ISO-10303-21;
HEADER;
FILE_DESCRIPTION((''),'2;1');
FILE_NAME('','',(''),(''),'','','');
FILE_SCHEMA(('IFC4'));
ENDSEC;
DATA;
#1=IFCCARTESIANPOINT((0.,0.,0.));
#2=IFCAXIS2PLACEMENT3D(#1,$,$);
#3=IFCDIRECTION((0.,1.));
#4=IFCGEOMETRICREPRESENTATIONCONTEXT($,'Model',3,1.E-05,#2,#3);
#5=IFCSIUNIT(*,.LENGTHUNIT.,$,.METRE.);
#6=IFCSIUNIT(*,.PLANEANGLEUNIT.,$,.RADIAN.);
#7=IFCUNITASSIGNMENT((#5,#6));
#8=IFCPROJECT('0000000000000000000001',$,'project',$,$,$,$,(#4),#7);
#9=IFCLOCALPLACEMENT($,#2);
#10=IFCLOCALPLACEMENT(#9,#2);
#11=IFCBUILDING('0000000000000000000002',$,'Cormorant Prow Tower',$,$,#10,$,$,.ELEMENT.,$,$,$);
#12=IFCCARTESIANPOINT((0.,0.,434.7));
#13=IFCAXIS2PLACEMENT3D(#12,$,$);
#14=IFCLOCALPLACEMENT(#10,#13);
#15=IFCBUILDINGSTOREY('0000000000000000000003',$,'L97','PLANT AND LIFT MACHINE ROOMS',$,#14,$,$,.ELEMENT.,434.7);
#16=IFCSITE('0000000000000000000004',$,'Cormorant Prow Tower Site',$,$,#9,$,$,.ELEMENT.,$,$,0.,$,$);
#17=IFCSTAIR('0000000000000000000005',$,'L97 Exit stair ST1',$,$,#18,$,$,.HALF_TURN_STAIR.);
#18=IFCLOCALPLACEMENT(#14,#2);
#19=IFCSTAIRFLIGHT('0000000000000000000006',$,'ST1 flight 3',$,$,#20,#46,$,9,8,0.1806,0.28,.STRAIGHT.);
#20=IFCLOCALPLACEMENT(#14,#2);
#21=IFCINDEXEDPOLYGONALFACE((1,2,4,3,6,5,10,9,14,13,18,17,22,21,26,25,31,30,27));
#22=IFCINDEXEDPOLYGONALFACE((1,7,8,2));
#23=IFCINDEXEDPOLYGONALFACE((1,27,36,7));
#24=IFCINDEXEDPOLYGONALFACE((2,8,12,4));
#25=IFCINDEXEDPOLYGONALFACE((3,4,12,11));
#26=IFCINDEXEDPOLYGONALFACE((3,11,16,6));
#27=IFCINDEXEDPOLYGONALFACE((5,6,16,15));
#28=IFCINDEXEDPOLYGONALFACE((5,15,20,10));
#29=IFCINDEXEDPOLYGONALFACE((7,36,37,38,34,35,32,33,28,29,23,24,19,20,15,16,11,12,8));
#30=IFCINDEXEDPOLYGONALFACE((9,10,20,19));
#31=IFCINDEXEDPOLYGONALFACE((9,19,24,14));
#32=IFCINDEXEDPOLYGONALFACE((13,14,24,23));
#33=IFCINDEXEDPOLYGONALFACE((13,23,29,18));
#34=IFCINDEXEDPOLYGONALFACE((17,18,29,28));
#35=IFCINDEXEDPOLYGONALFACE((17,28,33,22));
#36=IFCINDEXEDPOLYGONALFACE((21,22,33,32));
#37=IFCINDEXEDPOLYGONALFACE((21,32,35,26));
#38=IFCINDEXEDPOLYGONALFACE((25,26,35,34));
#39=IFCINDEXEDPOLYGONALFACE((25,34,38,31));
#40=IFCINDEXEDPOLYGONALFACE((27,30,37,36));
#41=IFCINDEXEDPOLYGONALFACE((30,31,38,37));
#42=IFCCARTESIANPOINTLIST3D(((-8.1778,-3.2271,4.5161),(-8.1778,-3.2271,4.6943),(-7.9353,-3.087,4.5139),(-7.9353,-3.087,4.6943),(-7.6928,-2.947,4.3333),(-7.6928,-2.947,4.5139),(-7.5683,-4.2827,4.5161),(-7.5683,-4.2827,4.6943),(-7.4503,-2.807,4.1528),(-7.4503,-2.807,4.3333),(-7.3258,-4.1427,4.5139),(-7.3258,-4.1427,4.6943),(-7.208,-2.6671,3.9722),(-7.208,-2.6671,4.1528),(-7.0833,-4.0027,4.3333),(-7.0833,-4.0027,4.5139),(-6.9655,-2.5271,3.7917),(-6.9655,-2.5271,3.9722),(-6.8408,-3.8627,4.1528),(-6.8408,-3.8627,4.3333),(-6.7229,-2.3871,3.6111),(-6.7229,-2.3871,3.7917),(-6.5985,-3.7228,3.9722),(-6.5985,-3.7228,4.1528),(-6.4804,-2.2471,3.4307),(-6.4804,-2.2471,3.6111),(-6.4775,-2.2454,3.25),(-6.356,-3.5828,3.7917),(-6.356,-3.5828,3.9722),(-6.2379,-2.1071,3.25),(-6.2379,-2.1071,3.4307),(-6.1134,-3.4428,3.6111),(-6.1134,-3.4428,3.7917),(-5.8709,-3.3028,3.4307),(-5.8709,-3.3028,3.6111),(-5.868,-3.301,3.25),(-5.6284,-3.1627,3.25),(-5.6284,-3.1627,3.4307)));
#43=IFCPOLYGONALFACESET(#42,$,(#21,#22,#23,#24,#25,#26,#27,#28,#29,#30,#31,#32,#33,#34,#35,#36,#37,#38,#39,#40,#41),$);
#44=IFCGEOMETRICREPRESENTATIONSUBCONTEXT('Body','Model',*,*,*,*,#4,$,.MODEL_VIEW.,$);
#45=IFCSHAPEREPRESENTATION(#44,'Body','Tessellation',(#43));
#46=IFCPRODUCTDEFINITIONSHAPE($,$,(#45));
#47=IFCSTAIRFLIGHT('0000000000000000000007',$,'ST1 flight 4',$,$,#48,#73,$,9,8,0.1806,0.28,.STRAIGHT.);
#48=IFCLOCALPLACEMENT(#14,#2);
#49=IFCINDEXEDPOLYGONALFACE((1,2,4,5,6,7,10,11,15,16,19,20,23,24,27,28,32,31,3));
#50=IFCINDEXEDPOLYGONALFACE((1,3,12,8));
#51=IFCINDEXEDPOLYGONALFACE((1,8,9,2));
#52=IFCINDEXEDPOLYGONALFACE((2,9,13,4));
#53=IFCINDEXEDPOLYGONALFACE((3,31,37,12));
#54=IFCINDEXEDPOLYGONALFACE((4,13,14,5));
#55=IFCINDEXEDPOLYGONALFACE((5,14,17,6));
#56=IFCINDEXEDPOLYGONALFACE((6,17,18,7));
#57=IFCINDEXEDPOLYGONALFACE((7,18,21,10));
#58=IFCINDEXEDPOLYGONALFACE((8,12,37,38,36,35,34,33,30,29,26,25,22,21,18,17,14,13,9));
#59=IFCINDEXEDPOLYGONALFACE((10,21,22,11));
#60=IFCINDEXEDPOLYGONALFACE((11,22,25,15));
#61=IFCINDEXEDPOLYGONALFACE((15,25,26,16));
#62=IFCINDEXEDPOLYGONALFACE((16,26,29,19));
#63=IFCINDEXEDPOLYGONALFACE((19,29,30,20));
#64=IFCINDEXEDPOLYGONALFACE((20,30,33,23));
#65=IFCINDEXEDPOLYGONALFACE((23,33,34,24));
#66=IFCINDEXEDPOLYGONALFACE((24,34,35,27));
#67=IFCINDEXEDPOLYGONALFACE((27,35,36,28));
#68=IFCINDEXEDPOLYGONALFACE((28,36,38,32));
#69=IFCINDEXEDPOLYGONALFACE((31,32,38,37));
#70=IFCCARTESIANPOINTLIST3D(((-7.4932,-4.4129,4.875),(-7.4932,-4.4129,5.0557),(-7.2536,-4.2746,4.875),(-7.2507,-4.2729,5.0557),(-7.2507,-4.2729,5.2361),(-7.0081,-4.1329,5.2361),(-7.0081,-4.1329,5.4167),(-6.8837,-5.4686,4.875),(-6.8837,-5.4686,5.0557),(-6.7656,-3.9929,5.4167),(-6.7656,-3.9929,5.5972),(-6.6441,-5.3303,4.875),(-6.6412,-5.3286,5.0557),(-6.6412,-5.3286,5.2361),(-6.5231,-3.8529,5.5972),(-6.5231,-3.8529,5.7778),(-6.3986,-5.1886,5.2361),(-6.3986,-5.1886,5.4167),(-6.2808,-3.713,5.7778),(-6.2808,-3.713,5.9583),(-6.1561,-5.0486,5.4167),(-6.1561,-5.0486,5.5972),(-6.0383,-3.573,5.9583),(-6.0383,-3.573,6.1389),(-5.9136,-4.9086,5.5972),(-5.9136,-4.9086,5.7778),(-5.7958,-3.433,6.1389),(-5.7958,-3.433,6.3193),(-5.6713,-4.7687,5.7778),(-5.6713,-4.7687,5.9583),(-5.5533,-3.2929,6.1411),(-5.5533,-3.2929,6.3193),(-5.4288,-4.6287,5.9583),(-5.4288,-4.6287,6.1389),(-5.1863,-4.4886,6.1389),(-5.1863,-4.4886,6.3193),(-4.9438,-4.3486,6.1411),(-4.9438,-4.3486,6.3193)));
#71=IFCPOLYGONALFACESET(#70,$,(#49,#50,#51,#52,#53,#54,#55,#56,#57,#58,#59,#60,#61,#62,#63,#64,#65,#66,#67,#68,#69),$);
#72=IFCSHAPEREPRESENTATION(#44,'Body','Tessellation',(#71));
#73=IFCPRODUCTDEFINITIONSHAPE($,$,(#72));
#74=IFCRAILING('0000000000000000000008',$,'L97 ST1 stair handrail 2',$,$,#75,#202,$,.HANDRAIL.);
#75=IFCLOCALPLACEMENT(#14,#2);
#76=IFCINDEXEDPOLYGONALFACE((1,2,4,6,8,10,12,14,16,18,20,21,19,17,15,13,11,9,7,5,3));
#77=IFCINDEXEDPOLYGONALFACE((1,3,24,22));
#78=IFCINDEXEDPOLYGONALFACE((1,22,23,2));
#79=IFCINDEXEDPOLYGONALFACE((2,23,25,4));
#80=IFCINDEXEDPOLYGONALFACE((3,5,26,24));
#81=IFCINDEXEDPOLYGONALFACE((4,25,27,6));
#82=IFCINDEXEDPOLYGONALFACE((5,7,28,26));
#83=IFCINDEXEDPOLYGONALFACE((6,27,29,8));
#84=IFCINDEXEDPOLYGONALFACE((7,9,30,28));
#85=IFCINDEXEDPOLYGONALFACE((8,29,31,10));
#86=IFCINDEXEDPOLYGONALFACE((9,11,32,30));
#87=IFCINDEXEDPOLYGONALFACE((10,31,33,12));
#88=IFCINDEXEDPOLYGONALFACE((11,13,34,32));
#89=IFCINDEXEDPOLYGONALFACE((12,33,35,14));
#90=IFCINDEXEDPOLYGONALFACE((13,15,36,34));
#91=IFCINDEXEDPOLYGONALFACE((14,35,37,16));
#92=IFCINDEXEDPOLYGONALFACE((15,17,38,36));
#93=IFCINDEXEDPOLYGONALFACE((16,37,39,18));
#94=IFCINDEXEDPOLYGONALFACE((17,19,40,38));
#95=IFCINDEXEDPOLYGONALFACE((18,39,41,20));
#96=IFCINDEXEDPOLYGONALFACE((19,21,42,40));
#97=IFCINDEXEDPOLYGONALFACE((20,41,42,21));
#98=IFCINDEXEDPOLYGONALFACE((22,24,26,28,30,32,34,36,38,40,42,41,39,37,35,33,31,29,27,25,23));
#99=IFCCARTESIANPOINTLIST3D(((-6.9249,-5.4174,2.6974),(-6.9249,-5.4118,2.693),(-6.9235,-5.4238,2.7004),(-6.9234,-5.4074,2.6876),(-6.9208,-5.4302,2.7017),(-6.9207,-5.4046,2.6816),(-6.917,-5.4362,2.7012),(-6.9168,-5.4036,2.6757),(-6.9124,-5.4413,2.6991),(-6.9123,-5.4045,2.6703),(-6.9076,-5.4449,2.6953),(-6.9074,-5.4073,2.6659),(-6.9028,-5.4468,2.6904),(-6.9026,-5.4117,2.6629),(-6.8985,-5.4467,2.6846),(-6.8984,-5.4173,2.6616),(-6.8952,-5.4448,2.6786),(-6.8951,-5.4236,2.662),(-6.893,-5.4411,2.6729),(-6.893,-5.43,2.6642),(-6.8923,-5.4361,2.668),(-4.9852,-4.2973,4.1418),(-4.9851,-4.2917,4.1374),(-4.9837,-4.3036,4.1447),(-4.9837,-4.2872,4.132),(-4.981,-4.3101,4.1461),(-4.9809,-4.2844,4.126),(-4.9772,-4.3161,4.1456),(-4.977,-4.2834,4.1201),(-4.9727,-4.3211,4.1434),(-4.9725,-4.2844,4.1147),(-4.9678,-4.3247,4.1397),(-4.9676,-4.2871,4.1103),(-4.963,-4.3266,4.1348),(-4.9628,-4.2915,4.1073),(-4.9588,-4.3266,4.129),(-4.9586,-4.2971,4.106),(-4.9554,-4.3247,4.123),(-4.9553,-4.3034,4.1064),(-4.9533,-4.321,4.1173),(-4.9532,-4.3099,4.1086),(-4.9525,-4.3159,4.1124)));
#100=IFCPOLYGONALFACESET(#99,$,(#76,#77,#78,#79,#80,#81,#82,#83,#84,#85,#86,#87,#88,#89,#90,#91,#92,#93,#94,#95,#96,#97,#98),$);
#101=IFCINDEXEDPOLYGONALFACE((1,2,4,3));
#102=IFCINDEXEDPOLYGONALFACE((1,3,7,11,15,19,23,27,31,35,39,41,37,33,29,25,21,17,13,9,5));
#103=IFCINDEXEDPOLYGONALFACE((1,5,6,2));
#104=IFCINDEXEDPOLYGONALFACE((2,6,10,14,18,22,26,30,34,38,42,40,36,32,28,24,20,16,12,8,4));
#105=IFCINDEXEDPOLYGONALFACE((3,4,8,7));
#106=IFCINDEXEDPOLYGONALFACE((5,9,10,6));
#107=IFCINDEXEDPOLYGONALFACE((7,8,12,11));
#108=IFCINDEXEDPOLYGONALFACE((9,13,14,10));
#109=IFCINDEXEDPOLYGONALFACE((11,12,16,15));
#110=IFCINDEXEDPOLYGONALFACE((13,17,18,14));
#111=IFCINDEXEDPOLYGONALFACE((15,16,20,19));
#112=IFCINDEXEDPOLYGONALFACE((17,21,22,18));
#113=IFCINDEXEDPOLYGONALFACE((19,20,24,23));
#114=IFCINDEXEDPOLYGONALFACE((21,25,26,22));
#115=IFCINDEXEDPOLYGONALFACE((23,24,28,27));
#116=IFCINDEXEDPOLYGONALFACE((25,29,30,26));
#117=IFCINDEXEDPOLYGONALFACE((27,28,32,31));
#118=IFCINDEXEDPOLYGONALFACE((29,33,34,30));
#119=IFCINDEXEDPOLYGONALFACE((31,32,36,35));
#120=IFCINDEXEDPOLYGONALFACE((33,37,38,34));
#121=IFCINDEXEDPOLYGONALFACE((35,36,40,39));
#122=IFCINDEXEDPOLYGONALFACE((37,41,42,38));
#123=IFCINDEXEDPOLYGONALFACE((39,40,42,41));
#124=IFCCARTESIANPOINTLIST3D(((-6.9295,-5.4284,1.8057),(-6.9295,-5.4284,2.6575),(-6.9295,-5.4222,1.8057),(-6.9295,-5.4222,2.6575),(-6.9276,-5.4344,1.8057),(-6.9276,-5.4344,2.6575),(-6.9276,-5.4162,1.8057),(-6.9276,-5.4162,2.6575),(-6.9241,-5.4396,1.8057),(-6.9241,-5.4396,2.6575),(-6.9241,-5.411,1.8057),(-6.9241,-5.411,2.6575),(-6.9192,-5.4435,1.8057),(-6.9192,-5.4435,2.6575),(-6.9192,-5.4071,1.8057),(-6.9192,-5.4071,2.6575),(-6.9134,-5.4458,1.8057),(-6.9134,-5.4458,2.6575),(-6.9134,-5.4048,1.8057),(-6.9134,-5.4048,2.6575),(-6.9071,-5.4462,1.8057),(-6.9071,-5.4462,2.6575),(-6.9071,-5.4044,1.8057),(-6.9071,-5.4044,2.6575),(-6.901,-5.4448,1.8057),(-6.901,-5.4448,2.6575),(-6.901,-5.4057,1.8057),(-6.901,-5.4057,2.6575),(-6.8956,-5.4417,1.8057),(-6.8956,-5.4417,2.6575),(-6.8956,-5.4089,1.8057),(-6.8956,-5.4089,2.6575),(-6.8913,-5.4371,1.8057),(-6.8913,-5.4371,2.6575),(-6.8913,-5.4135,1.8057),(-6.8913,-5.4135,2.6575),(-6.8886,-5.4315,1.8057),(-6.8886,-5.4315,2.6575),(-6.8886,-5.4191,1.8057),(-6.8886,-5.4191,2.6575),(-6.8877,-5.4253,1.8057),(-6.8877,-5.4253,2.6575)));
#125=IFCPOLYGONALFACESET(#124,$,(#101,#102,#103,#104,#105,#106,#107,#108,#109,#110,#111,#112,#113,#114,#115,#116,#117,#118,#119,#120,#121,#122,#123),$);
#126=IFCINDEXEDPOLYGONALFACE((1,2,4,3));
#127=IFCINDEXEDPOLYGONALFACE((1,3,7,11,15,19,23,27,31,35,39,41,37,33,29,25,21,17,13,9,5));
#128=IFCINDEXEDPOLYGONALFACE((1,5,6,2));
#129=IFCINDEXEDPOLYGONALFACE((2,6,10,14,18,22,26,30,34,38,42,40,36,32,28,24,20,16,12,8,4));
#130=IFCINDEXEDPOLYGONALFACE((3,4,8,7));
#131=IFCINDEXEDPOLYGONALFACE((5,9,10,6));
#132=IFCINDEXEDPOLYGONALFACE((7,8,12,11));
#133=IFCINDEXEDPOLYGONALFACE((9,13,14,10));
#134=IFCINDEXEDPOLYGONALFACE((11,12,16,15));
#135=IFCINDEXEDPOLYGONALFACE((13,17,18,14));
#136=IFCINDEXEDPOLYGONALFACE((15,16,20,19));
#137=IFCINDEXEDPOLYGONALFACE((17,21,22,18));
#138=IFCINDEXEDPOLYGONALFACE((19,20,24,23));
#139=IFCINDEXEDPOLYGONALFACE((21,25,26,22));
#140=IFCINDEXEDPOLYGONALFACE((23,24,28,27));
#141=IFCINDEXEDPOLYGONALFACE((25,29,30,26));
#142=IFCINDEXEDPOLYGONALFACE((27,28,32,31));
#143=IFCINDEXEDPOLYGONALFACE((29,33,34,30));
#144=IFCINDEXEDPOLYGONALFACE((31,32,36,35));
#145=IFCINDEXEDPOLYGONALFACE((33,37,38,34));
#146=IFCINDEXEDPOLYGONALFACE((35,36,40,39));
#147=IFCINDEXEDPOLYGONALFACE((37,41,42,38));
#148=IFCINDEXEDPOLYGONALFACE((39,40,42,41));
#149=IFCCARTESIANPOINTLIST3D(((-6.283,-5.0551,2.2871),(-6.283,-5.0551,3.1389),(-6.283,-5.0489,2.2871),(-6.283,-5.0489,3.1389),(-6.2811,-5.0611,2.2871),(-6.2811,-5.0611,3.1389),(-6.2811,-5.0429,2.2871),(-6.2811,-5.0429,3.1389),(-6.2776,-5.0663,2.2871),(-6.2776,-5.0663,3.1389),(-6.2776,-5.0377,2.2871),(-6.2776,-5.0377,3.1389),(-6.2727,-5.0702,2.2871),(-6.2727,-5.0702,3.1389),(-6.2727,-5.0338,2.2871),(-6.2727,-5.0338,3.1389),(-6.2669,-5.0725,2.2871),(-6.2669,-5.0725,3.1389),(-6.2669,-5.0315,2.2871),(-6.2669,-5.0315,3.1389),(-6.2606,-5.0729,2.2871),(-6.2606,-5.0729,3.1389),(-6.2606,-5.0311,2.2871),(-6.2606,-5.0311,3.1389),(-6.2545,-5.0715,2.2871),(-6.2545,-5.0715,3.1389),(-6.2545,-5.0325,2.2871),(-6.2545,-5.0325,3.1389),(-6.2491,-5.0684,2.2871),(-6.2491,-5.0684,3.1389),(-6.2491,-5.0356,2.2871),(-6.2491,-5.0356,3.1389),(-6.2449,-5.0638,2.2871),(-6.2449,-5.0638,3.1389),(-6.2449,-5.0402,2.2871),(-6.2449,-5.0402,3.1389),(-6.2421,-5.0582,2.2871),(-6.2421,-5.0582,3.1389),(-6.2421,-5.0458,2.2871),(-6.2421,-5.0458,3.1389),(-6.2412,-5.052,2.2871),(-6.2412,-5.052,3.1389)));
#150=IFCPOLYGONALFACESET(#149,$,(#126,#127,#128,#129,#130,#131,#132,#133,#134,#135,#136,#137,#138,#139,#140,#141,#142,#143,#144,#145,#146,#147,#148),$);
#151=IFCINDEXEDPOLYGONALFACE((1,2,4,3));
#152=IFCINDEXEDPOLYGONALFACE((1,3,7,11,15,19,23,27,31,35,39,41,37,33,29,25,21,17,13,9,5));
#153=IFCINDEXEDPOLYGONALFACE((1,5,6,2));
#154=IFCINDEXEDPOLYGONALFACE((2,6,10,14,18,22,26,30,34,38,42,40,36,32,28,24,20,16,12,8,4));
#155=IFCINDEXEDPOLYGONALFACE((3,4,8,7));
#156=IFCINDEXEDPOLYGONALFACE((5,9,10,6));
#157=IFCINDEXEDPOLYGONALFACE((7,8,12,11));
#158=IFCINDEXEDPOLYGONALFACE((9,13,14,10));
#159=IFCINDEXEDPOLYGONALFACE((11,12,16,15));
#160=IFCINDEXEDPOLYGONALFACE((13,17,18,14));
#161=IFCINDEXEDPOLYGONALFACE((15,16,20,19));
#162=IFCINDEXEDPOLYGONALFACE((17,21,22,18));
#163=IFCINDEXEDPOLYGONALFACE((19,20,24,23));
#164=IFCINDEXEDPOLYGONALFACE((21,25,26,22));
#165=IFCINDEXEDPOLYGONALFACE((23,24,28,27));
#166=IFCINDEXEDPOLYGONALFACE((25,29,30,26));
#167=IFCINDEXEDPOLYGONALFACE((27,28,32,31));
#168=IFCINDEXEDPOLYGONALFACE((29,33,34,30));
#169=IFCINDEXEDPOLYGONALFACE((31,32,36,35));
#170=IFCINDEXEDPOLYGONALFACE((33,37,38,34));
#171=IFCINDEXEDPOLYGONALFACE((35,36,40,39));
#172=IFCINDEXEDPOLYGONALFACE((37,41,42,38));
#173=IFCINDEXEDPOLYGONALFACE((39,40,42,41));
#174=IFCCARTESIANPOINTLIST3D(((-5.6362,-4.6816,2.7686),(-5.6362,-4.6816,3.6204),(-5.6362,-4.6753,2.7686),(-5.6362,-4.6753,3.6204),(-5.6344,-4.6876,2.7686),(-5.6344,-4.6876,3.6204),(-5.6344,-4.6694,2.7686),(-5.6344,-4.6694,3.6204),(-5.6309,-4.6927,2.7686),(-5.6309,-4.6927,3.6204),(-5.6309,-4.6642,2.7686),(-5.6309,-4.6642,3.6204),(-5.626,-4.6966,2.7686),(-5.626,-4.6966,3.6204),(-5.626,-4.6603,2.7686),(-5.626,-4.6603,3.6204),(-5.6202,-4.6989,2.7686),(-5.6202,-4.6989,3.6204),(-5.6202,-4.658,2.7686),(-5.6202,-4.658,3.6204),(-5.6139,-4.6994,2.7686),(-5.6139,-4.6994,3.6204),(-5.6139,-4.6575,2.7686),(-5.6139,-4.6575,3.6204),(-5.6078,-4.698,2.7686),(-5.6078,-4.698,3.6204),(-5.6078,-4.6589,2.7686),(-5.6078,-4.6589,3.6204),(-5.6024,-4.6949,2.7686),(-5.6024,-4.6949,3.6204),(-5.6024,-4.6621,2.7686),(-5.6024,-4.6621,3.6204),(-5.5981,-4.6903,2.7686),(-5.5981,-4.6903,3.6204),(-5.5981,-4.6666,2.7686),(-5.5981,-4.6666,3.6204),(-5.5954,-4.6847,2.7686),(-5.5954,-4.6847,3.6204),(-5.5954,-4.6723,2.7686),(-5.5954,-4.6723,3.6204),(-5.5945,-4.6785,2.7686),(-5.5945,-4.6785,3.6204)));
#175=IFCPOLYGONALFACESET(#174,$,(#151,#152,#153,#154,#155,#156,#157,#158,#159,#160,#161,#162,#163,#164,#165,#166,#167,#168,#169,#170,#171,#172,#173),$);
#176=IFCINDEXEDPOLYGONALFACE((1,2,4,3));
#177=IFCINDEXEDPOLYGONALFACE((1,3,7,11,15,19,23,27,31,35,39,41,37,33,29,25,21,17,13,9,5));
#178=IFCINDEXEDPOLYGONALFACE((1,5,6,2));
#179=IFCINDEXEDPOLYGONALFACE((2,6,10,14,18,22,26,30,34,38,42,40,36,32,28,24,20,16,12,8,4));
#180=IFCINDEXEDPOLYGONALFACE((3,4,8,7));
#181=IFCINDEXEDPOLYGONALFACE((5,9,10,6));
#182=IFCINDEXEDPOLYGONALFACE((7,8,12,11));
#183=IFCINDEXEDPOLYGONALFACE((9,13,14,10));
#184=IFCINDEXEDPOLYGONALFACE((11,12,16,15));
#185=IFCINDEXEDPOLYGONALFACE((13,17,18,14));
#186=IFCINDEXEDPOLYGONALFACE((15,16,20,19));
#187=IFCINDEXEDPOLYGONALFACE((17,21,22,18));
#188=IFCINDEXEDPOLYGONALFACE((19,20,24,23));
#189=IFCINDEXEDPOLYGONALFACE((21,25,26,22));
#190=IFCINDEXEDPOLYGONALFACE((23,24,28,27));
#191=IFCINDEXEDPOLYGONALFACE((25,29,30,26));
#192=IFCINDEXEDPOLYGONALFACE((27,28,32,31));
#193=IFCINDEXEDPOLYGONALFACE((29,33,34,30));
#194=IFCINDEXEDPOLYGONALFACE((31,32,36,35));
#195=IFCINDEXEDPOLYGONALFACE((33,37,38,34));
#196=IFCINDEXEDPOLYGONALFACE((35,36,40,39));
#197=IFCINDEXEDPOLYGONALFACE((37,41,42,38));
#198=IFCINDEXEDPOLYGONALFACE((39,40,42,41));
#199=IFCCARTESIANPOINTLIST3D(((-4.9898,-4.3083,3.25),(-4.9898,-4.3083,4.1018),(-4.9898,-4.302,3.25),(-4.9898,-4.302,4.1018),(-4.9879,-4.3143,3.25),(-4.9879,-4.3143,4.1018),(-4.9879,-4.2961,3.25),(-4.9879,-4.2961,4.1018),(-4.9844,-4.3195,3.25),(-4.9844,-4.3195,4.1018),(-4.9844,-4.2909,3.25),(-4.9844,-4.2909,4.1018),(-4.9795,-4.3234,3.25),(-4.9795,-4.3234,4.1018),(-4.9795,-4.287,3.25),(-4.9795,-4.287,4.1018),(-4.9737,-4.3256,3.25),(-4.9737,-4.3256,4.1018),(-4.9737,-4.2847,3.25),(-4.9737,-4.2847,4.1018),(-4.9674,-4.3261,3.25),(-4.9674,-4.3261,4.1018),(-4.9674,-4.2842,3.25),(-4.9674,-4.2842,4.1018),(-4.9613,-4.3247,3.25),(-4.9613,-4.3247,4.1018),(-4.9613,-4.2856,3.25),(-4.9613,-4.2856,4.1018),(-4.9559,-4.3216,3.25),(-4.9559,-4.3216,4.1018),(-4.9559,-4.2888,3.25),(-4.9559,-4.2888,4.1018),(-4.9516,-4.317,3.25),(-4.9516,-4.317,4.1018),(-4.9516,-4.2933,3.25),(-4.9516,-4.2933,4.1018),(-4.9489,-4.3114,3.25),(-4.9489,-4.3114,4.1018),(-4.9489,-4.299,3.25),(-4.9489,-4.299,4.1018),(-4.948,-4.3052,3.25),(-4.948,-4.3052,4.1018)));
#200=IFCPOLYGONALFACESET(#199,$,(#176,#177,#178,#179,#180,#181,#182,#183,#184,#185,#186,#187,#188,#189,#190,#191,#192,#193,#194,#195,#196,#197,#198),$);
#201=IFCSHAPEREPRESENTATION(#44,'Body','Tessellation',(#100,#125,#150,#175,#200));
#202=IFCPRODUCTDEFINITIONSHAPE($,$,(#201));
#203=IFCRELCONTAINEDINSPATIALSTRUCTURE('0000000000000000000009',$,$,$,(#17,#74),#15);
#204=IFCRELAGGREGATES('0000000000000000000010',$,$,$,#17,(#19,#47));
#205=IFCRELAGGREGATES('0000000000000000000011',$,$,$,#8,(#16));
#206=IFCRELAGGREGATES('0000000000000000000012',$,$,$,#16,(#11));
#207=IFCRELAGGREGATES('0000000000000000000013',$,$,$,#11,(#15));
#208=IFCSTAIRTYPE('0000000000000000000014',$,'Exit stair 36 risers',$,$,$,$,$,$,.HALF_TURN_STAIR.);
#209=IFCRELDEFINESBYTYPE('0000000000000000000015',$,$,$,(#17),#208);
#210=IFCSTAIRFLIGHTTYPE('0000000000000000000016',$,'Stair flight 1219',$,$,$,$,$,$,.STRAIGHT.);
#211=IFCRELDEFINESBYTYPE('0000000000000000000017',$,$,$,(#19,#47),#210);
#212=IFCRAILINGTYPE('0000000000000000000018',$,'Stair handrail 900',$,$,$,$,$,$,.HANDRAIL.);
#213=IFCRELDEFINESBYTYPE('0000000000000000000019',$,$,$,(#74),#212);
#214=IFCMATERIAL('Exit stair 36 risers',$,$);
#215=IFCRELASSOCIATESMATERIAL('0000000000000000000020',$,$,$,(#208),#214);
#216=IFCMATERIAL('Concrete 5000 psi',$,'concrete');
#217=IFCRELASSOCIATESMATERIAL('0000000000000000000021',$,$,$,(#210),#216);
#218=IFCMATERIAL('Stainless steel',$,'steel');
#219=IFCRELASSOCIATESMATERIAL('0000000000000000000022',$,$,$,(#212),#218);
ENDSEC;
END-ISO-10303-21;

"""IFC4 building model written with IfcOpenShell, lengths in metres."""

from ifc_helpers import new_model, si_unit, direction, frame, origin, origin_2d, place, context, subcontext, project, spatial, polyline, circle, outline, extrude, material, type_object, element, aggregate, save


model = new_model("IFC4")

# Units and contexts
model_context = context("Model", 3, precision=1e-05, world=origin(), true_north=direction((0.0, 1.0)))
body_context = subcontext(model_context, "Body", "Model", "MODEL_VIEW")
ifc_project = project(units=[si_unit("LENGTHUNIT", "METRE"), si_unit("PLANEANGLEUNIT", "RADIAN")], contexts=[model_context])

# Site, building, storey
site_placement = place(None, origin())
site = spatial("IfcSite", under=ifc_project, at=site_placement, Name="Cormorant Prow Tower Site", CompositionType="ELEMENT", RefElevation=0.0)
building_placement = place(site_placement, origin())
building = spatial("IfcBuilding", under=site, at=building_placement, Name="Cormorant Prow Tower", CompositionType="ELEMENT")
storey_placement = place(building_placement, frame((0.0, 0.0, 434.7)))
storey = spatial("IfcBuildingStorey", under=building, at=storey_placement, Name="L97", Description="PLANT AND LIFT MACHINE ROOMS", CompositionType="ELEMENT", Elevation=434.7)

# Stair, stair flights
ifc_material_1 = material(Name="Exit stair 36 risers")
stair_type = type_object("IfcStairType", Name="Exit stair 36 risers", PredefinedType="HALF_TURN_STAIR", material=ifc_material_1)
stair_placement = place(storey_placement, origin())
stair = element("IfcStair", 1, at=stair_placement, inside=storey, type_object=stair_type, Name="L97 Exit stair ST1", PredefinedType="HALF_TURN_STAIR")
ifc_material_2 = material(Name="Concrete 5000 psi", Category="concrete")
stair_flight_type = type_object("IfcStairFlightType", Name="Stair flight 1219", PredefinedType="STRAIGHT", material=ifc_material_2)
stair_flight_1_placement = place(storey_placement, frame((-5.9331, -2.635, 3.25), z_axis=(0.0, 0.0, 1.0), x_axis=(-0.866025, -0.5, 0.0)))
stair_flight_1 = element("IfcStairFlight", 2, at=stair_flight_1_placement, type_object=stair_flight_type, Name="ST1 flight 3", NumberOfRisers=9, NumberOfTreads=8, PredefinedType="STRAIGHT", RiserHeight=0.1806, TreadLength=0.28, context=body_context, shape_type="SweptSolid", body=[
    extrude(outline(polyline([(0.0, 0.0), (0.0, 0.1807), (0.28, 0.1807), (0.28, 0.3611), (0.5601, 0.3611), (0.5601, 0.5417), (0.8401, 0.5417), (0.8401, 0.7222), (1.1201, 0.7222), (1.1201, 0.9028), (1.3999, 0.9028), (1.3999, 1.0833), (1.6799, 1.0833), (1.6799, 1.2639), (1.96, 1.2639), (1.96, 1.4443), (2.24, 1.4443), (2.24, 1.625), (2.24, 1.2661), (0.2766, 0.0), (0.0, 0.0)])), frame((0.0, 0.6094, 0.0), z_axis=(0.0, -1.0, 0.0), x_axis=(1.0, 0.0, 0.0)), (0.0, 0.0, 1.0), 1.219),
])
stair_flight_2_placement = place(storey_placement, frame((-7.1885, -4.9407, 4.875), z_axis=(0.0, 0.0, 1.0), x_axis=(0.866025, 0.5, 0.0)))
stair_flight_2 = element("IfcStairFlight", 3, at=stair_flight_2_placement, type_object=stair_flight_type, Name="ST1 flight 4", NumberOfRisers=9, NumberOfTreads=8, PredefinedType="STRAIGHT", RiserHeight=0.1806, TreadLength=0.28, context=body_context, shape_type="SweptSolid", body=[
    extrude(outline(polyline([(0.0, 0.0), (0.0, 0.1807), (0.28, 0.1807), (0.28, 0.3611), (0.5601, 0.3611), (0.5601, 0.5417), (0.8401, 0.5417), (0.8401, 0.7222), (1.1201, 0.7222), (1.1201, 0.9028), (1.3999, 0.9028), (1.3999, 1.0833), (1.6799, 1.0833), (1.6799, 1.2639), (1.96, 1.2639), (1.96, 1.4443), (2.24, 1.4443), (2.24, 1.625), (2.24, 1.2661), (0.2766, 0.0), (0.0, 0.0)])), frame((0.0, 0.6094, 0.0), z_axis=(0.0, -1.0, 0.0), x_axis=(1.0, 0.0, 0.0)), (0.0, 0.0, 1.0), 1.219),
])
aggregate(stair, [stair_flight_1, stair_flight_2])

# Railing
ifc_material_3 = material(Name="Stainless steel", Category="steel")
railing_type_1 = type_object("IfcRailingType", Name="Stair handrail 900", PredefinedType="HANDRAIL", material=ifc_material_3)
for number, where, name in (
    (4, (-6.9087, -5.4253, 1.8057), "L97 ST1 stair handrail 2"),
):
    element("IfcRailing", number, at=place(storey_placement, frame(where)), inside=storey, type_object=railing_type_1, Name=name, PredefinedType="HANDRAIL", context=body_context, shape_type="SweptSolid", body=[
        extrude(circle(Radius=0.0239, at=origin_2d()), frame((0.0, 0.0, 0.876), z_axis=(0.727792, 0.420278, 0.541928), x_axis=(-0.500078, 0.86598, 0.0)), (0.0, 0.0, 1.0), 2.6653),
        extrude(circle(Radius=0.021, at=origin_2d()), origin(), (0.0, 0.0, 1.0), 0.8518),
        extrude(circle(Radius=0.021, at=origin_2d()), frame((0.6465, 0.3733, 0.4814)), (0.0, 0.0, 1.0), 0.8518),
        extrude(circle(Radius=0.021, at=origin_2d()), frame((1.2932, 0.7468, 0.9629)), (0.0, 0.0, 1.0), 0.8518),
        extrude(circle(Radius=0.021, at=origin_2d()), frame((1.9397, 1.1201, 1.4443)), (0.0, 0.0, 1.0), 0.8518),
    ])

save(model, "model.ifc")
